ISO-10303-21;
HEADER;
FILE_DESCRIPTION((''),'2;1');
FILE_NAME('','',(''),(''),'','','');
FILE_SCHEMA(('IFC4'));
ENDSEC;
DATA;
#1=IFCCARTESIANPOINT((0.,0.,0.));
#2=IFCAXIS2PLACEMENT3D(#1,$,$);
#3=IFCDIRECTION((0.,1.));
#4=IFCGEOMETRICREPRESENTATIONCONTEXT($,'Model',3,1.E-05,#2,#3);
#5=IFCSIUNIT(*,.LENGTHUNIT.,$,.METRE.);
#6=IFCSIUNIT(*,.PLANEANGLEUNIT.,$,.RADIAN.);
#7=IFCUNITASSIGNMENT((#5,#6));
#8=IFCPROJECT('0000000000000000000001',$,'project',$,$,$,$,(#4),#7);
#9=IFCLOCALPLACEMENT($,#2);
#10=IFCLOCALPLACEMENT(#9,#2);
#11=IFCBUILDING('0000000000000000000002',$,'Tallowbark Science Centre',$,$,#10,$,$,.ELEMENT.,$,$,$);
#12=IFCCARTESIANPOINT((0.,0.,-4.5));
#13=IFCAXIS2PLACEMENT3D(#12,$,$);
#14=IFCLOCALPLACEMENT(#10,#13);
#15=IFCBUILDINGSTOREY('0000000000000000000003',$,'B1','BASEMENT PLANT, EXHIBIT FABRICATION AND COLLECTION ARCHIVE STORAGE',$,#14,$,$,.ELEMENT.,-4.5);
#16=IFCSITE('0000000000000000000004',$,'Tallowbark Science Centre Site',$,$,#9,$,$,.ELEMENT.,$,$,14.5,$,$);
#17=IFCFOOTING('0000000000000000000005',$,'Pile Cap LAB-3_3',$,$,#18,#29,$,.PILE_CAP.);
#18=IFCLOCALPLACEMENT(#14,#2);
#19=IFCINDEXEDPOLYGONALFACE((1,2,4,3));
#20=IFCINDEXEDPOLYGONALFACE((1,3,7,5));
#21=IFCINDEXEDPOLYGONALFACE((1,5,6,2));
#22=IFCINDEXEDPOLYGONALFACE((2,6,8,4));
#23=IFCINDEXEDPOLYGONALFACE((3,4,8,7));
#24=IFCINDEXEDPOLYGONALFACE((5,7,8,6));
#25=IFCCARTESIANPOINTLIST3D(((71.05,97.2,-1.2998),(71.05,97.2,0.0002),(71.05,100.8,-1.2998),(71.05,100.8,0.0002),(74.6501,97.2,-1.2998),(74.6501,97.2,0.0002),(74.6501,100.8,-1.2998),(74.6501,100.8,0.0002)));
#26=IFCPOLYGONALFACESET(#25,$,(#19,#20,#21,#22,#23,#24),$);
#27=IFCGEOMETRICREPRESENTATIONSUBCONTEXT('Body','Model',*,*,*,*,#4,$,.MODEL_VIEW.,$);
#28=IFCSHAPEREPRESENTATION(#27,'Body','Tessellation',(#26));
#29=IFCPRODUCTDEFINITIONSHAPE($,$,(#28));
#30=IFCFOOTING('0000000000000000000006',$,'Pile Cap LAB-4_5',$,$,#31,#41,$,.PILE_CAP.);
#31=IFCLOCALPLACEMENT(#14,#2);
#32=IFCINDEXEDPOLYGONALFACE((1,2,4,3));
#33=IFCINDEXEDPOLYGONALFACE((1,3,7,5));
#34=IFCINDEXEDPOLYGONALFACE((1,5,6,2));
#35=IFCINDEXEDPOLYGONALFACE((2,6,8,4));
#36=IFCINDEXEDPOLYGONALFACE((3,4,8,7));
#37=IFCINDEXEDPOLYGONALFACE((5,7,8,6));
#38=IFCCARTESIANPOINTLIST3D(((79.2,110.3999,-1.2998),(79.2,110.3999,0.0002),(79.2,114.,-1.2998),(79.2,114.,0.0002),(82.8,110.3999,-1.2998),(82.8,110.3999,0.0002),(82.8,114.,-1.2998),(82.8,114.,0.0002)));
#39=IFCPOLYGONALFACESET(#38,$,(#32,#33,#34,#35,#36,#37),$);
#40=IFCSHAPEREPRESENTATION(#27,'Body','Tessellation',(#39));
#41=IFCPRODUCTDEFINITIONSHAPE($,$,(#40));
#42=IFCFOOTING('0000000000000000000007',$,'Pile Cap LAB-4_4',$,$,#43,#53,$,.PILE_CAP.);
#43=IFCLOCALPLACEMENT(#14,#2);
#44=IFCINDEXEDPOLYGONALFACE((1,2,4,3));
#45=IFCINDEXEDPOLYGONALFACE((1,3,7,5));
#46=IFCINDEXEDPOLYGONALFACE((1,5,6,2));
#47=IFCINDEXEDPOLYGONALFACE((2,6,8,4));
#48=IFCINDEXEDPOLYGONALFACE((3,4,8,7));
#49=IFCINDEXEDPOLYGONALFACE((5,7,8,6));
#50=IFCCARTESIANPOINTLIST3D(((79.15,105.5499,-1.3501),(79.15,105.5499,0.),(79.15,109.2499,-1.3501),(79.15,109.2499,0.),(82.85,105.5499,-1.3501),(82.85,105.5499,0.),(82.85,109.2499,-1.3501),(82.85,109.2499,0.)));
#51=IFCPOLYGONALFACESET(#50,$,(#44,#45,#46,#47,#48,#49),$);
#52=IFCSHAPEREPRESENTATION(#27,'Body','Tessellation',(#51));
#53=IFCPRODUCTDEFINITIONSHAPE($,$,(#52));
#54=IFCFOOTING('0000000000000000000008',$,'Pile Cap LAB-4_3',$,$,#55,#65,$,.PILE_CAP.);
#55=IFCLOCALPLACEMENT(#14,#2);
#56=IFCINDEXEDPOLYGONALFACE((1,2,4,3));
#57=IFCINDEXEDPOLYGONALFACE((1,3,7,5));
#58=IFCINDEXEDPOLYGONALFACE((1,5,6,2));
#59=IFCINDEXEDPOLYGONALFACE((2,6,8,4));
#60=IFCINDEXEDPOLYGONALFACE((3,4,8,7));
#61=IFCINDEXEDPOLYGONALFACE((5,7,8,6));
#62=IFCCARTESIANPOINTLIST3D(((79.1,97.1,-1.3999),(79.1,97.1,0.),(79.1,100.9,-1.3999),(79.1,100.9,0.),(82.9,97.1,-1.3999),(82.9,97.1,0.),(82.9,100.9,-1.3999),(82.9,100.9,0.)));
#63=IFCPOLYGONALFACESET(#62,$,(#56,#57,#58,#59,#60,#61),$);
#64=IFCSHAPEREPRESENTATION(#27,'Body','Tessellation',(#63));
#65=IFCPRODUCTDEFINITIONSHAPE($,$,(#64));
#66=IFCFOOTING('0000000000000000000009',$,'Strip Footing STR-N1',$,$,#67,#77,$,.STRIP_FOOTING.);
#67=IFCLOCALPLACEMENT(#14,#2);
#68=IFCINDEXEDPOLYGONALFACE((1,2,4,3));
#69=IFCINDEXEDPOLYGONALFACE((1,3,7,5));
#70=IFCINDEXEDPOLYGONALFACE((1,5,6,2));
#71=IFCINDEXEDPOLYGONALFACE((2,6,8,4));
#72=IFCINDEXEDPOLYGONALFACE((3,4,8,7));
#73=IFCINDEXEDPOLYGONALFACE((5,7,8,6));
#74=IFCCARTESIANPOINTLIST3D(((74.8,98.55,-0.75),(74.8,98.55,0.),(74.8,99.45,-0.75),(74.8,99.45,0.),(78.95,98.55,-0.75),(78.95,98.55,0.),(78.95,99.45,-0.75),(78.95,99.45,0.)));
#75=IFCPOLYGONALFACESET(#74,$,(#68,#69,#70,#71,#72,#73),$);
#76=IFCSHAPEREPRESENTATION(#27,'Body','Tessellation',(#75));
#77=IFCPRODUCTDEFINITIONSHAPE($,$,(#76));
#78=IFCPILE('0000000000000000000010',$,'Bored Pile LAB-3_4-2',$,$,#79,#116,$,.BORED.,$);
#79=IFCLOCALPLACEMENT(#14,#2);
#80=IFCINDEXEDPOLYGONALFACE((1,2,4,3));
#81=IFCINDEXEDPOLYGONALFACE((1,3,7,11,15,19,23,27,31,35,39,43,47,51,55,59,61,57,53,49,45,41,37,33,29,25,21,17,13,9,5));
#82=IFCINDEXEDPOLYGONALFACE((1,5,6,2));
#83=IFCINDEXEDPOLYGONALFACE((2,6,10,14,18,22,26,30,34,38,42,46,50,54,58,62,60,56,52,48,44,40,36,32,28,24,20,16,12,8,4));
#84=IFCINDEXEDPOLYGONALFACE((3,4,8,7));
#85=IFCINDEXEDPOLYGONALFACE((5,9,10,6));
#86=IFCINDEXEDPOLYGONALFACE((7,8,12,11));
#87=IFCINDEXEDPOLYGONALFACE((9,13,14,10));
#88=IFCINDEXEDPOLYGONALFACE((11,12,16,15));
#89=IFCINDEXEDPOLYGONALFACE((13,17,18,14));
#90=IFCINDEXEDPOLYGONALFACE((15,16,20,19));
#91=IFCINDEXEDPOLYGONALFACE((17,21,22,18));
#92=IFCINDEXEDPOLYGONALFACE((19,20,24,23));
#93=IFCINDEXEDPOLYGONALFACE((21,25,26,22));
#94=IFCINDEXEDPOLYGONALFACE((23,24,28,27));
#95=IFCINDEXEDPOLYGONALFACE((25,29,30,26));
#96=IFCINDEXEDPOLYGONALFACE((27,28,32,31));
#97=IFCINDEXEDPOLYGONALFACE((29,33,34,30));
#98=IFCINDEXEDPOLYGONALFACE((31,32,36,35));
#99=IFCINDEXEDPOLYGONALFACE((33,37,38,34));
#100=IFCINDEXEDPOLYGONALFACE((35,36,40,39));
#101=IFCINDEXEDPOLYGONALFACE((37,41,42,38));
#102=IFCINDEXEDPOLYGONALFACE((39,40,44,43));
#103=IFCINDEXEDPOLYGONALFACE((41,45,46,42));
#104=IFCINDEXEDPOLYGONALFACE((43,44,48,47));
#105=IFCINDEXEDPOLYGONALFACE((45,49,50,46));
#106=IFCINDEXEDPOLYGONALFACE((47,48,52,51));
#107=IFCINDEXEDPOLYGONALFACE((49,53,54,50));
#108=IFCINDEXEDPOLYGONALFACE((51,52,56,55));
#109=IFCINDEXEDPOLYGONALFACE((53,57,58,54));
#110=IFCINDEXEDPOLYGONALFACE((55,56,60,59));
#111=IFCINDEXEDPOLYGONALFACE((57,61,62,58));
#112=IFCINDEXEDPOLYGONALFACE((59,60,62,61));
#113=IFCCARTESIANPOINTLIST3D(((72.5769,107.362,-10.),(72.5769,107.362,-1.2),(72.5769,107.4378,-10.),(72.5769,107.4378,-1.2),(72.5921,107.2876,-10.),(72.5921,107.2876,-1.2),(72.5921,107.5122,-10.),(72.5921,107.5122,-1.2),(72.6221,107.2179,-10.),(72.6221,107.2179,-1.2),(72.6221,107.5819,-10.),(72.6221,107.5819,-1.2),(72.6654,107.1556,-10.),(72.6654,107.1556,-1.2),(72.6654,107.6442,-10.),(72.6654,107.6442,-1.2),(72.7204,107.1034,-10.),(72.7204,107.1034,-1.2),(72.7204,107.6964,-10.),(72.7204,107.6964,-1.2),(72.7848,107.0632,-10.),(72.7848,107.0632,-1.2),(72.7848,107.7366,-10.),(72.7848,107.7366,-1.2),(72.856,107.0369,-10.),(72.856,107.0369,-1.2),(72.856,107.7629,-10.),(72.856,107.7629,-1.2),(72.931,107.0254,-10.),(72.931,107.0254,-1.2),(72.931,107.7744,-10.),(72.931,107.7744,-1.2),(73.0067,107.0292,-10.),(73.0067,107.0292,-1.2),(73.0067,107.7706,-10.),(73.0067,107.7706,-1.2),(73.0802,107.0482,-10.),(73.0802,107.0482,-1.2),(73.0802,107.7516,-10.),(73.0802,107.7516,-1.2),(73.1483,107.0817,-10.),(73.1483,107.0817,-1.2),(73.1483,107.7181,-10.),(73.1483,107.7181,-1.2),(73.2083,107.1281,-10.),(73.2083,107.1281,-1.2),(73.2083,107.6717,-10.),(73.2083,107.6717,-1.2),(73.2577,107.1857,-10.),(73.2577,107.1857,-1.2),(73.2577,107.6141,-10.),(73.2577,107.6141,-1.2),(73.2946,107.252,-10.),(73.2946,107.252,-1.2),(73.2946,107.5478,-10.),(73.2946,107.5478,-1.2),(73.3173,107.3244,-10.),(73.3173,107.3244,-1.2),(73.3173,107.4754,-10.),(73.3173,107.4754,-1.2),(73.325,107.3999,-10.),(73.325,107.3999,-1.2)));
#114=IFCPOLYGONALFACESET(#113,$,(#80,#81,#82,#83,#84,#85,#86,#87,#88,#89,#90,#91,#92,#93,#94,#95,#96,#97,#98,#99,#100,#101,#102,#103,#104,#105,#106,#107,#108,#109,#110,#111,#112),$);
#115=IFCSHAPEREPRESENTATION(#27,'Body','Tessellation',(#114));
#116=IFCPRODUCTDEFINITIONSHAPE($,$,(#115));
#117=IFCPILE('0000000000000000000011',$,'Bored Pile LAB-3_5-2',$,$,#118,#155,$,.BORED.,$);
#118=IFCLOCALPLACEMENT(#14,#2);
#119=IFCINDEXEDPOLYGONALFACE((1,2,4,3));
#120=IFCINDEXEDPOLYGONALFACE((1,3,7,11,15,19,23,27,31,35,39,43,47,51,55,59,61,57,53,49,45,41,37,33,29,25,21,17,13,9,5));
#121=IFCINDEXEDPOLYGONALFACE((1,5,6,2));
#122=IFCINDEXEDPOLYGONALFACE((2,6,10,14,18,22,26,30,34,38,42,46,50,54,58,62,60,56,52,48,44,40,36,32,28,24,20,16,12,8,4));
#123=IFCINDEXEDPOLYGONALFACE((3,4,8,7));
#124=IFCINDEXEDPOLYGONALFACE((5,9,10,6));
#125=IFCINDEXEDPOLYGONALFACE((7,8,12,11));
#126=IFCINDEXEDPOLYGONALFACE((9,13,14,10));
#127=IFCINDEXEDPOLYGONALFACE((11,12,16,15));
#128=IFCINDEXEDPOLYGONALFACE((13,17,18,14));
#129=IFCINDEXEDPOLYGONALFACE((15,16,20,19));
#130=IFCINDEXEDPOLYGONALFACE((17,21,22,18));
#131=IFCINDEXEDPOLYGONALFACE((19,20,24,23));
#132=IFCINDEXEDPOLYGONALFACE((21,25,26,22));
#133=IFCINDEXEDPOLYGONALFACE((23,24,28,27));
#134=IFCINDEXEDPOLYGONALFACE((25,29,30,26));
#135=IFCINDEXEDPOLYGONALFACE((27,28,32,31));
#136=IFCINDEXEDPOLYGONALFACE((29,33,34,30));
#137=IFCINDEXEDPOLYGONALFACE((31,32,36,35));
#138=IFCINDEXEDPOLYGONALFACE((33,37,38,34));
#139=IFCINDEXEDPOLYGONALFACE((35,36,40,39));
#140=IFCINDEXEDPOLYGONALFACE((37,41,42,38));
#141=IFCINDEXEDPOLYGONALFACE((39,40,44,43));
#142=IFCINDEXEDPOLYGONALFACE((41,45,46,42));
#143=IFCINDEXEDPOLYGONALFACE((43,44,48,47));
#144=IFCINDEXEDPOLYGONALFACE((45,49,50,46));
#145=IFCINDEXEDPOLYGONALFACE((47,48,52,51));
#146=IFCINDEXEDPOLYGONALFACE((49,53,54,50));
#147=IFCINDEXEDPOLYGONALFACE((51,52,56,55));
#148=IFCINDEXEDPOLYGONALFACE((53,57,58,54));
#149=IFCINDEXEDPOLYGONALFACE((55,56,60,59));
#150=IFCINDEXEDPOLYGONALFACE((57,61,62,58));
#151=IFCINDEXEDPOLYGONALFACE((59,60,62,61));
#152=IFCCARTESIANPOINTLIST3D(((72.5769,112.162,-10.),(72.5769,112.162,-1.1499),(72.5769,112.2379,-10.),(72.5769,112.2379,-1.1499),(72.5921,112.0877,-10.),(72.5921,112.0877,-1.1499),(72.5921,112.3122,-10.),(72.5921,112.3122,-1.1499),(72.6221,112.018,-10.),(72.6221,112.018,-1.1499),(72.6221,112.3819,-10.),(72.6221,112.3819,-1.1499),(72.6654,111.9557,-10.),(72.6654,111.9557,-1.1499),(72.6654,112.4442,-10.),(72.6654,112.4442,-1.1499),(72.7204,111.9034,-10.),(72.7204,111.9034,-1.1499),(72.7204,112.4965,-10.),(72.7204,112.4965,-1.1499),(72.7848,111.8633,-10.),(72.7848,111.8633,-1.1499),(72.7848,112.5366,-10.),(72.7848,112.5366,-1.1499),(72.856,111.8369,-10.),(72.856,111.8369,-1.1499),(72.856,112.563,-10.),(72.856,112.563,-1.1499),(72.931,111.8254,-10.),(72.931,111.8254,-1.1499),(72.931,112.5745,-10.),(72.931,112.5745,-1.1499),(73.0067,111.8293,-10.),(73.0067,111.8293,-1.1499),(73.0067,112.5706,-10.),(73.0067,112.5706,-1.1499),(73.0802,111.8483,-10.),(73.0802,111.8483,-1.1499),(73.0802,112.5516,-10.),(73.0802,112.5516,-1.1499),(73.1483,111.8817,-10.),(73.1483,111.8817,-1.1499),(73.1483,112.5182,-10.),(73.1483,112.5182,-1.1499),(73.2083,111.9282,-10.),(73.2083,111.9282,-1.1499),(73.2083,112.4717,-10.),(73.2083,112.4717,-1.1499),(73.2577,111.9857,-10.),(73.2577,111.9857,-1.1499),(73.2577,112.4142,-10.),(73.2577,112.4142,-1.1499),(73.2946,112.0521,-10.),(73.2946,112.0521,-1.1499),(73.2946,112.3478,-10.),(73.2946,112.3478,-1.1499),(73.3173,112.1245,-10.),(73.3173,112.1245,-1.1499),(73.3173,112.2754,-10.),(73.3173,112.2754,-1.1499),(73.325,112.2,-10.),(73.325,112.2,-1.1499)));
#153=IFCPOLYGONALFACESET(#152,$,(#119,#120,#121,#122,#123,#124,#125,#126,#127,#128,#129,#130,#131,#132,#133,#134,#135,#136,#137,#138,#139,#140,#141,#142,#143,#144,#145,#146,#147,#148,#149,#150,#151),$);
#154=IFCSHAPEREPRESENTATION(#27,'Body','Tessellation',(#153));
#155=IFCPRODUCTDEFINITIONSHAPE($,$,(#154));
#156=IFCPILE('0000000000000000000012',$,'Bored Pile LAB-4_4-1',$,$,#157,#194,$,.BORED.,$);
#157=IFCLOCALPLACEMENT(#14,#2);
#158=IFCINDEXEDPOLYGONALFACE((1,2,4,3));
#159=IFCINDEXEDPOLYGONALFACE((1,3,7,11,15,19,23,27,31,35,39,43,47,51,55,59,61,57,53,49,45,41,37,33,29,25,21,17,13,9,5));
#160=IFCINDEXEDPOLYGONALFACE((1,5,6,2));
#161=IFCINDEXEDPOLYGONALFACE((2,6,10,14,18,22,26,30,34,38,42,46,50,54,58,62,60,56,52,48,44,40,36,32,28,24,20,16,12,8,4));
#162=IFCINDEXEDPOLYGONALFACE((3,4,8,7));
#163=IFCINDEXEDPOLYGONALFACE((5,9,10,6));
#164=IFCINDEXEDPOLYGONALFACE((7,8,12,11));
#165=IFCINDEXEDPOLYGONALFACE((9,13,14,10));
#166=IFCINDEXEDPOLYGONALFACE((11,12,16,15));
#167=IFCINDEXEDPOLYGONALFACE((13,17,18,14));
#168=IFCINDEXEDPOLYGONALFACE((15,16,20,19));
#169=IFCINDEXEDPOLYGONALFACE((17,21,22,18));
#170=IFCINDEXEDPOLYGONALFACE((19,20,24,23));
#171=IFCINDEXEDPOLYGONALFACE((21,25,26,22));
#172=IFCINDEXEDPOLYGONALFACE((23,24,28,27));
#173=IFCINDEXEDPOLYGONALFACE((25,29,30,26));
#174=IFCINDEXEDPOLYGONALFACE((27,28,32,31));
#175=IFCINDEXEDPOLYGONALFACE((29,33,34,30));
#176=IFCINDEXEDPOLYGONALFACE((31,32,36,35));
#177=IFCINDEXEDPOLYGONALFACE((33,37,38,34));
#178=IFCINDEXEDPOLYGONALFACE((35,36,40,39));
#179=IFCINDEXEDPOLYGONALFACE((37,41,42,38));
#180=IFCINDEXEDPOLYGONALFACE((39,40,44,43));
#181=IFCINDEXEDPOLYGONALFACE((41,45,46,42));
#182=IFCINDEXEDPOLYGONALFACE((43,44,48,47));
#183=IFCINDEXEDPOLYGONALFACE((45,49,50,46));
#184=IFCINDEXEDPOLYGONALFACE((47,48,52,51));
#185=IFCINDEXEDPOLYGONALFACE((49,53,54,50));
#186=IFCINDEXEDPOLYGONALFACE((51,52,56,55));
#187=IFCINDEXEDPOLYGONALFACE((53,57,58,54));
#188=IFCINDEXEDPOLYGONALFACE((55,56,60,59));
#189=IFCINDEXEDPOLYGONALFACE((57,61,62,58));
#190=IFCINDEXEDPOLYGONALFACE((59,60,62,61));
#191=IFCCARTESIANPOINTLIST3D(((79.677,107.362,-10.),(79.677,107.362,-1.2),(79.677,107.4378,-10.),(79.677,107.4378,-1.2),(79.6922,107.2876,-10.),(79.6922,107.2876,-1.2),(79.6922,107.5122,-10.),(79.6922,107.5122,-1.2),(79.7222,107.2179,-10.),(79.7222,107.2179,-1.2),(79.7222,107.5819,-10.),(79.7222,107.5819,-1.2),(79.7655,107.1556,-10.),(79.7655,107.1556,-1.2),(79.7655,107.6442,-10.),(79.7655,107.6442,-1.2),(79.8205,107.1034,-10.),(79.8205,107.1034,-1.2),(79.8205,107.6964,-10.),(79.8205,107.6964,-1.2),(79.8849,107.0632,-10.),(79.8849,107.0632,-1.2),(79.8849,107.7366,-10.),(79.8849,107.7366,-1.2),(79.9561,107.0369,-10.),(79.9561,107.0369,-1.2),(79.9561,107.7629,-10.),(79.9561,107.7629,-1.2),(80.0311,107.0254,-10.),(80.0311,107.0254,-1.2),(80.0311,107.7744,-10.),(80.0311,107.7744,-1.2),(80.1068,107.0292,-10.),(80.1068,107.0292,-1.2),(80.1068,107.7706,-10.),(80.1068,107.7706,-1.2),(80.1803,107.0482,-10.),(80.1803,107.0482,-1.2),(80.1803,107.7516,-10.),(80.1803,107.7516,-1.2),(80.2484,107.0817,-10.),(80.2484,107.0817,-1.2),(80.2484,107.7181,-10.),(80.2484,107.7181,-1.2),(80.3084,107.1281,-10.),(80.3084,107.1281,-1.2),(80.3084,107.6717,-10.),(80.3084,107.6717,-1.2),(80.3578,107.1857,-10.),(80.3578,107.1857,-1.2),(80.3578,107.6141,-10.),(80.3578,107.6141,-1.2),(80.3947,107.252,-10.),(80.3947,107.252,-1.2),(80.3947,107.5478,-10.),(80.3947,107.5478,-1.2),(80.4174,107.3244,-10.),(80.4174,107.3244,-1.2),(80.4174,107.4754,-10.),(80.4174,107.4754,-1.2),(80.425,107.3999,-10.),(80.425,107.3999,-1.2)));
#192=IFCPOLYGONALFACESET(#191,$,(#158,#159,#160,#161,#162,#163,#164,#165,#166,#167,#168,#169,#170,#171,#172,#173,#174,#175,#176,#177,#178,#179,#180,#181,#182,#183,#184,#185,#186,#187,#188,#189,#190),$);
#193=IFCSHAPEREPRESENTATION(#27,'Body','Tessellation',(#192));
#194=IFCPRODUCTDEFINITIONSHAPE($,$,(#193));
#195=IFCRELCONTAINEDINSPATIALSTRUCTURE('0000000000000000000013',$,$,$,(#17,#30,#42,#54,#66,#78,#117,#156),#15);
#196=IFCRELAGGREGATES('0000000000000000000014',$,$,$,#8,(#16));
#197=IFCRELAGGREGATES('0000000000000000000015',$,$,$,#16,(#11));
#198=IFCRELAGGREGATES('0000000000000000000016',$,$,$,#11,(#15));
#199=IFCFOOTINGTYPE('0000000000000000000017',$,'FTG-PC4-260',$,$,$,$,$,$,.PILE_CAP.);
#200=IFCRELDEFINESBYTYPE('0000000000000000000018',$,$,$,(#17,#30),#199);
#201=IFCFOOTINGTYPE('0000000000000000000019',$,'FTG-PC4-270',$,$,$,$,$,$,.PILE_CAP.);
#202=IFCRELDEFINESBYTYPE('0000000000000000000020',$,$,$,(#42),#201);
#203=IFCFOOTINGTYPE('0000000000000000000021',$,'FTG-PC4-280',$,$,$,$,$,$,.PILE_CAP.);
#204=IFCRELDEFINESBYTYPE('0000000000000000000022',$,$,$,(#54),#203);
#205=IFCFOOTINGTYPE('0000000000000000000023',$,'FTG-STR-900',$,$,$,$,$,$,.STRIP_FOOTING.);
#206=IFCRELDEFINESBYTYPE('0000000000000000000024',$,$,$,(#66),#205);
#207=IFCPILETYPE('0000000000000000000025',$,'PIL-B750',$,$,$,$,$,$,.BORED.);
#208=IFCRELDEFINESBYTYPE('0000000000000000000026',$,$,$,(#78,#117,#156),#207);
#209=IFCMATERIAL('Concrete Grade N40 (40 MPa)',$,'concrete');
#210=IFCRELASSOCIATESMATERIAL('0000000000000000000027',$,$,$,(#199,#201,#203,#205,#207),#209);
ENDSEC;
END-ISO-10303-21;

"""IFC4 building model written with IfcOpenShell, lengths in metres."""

from ifc_helpers import new_model, si_unit, direction, frame, origin, origin_2d, place, context, subcontext, project, spatial, rectangle, circle, extrude, material, material_profile, profile_set, type_object, element, save


model = new_model("IFC4")

# Units and contexts
model_context = context("Model", 3, precision=1e-05, world=origin(), true_north=direction((0.0, 1.0)))
body_context = subcontext(model_context, "Body", "Model", "MODEL_VIEW")
ifc_project = project(units=[si_unit("LENGTHUNIT", "METRE"), si_unit("PLANEANGLEUNIT", "RADIAN")], contexts=[model_context])

# Site, building, storey
site_placement = place(None, origin())
site = spatial("IfcSite", under=ifc_project, at=site_placement, Name="Tallowbark Science Centre Site", CompositionType="ELEMENT", RefElevation=14.5)
building_placement = place(site_placement, origin())
building = spatial("IfcBuilding", under=site, at=building_placement, Name="Tallowbark Science Centre", CompositionType="ELEMENT")
storey_placement = place(building_placement, frame((0.0, 0.0, -4.5)))
storey = spatial("IfcBuildingStorey", under=building, at=storey_placement, Name="B1", Description="BASEMENT PLANT, EXHIBIT FABRICATION AND COLLECTION ARCHIVE STORAGE", CompositionType="ELEMENT", Elevation=-4.5)

# Footings
ifc_material_1 = material(Name="Concrete Grade N40 (40 MPa)", Category="concrete")
footing_type_1 = type_object("IfcFootingType", Name="FTG-PC4-260", PredefinedType="PILE_CAP", material=ifc_material_1)
for number, where, z_axis, x_axis, name in (
    (1, (72.8501, 99.0, -1.2998), (0.0, 0.0, 1.0), (1.0, 0.0, 0.0), "Pile Cap LAB-3_3"),
    (2, (81.0, 112.2, -1.2998), (0.0, 0.0, 1.0), (1.0, 0.0, 0.0), "Pile Cap LAB-4_5"),
):
    element("IfcFooting", number, at=place(storey_placement, frame(where, z_axis=z_axis, x_axis=x_axis)), inside=storey, type_object=footing_type_1, Name=name, PredefinedType="PILE_CAP", context=body_context, shape_type="SweptSolid", body=[
        extrude(rectangle(XDim=3.6001, YDim=3.6001, at=origin_2d()), origin(), (0.0, 0.0, 1.0), 1.3),
    ])
footing_type_2 = type_object("IfcFootingType", Name="FTG-PC4-270", PredefinedType="PILE_CAP", material=ifc_material_1)
footing_1_placement = place(storey_placement, frame((81.0, 107.3999, -1.3501), z_axis=(0.0, 0.0, 1.0), x_axis=(1.0, 0.0, 0.0)))
element("IfcFooting", 3, at=footing_1_placement, inside=storey, type_object=footing_type_2, Name="Pile Cap LAB-4_4", PredefinedType="PILE_CAP", context=body_context, shape_type="SweptSolid", body=[
    extrude(rectangle(XDim=3.7, YDim=3.7, at=origin_2d()), origin(), (0.0, 0.0, 1.0), 1.3501),
])
footing_type_3 = type_object("IfcFootingType", Name="FTG-PC4-280", PredefinedType="PILE_CAP", material=ifc_material_1)
footing_2_placement = place(storey_placement, frame((81.0, 99.0, -1.3999), z_axis=(0.0, 0.0, 1.0), x_axis=(1.0, 0.0, 0.0)))
element("IfcFooting", 4, at=footing_2_placement, inside=storey, type_object=footing_type_3, Name="Pile Cap LAB-4_3", PredefinedType="PILE_CAP", context=body_context, shape_type="SweptSolid", body=[
    extrude(rectangle(XDim=3.8, YDim=3.8, at=origin_2d()), origin(), (0.0, 0.0, 1.0), 1.3999),
])
footing_type_4 = type_object("IfcFootingType", Name="FTG-STR-900", PredefinedType="STRIP_FOOTING", material=ifc_material_1)
footing_3_placement = place(storey_placement, frame((76.875, 99.0, -0.75), z_axis=(0.0, 0.0, 1.0), x_axis=(1.0, 0.0, 0.0)))
element("IfcFooting", 5, at=footing_3_placement, inside=storey, type_object=footing_type_4, Name="Strip Footing STR-N1", PredefinedType="STRIP_FOOTING", context=body_context, shape_type="SweptSolid", body=[
    extrude(rectangle(XDim=4.1499, YDim=0.8999, at=origin_2d()), origin(), (0.0, 0.0, 1.0), 0.75),
])

# Piles
ifc_material_profile_1 = material_profile(ifc_material_1, circle(Radius=0.375, at=origin_2d()), Name="PILE750")
ifc_profile_set_1 = profile_set([ifc_material_profile_1], Name="Concrete Grade N40 (40 MPa)")
pile_type_1 = type_object("IfcPileType", Name="PIL-B750", PredefinedType="BORED", material=ifc_profile_set_1)
pile_1_placement = place(storey_placement, frame((72.95, 107.3999, -1.2), z_axis=(0.0, 0.0, -1.0), x_axis=(1.0, 0.0, 0.0)))
element("IfcPile", 6, at=pile_1_placement, inside=storey, type_object=pile_type_1, Name="Bored Pile LAB-3_4-2", PredefinedType="BORED", context=body_context, shape_type="SweptSolid", body=[
    extrude(circle(Radius=0.375, at=origin_2d()), origin(), (0.0, 0.0, 1.0), 8.8),
])
pile_2_placement = place(storey_placement, frame((72.95, 112.2, -1.1499), z_axis=(0.0, 0.0, -1.0), x_axis=(1.0, 0.0, 0.0)))
element("IfcPile", 7, at=pile_2_placement, inside=storey, type_object=pile_type_1, Name="Bored Pile LAB-3_5-2", PredefinedType="BORED", context=body_context, shape_type="SweptSolid", body=[
    extrude(circle(Radius=0.375, at=origin_2d()), origin(), (0.0, 0.0, 1.0), 8.8501),
])
for number, where, z_axis, x_axis, name in (
    (8, (80.05, 107.3999, -1.2), (0.0, 0.0, -1.0), (1.0, 0.0, 0.0), "Bored Pile LAB-4_4-1"),
):
    element("IfcPile", number, at=place(storey_placement, frame(where, z_axis=z_axis, x_axis=x_axis)), inside=storey, type_object=pile_type_1, Name=name, PredefinedType="BORED", context=body_context, shape_type="SweptSolid", body=[
        extrude(circle(Radius=0.375, at=origin_2d()), origin(), (0.0, 0.0, 1.0), 8.8),
    ])

save(model, "model.ifc")
